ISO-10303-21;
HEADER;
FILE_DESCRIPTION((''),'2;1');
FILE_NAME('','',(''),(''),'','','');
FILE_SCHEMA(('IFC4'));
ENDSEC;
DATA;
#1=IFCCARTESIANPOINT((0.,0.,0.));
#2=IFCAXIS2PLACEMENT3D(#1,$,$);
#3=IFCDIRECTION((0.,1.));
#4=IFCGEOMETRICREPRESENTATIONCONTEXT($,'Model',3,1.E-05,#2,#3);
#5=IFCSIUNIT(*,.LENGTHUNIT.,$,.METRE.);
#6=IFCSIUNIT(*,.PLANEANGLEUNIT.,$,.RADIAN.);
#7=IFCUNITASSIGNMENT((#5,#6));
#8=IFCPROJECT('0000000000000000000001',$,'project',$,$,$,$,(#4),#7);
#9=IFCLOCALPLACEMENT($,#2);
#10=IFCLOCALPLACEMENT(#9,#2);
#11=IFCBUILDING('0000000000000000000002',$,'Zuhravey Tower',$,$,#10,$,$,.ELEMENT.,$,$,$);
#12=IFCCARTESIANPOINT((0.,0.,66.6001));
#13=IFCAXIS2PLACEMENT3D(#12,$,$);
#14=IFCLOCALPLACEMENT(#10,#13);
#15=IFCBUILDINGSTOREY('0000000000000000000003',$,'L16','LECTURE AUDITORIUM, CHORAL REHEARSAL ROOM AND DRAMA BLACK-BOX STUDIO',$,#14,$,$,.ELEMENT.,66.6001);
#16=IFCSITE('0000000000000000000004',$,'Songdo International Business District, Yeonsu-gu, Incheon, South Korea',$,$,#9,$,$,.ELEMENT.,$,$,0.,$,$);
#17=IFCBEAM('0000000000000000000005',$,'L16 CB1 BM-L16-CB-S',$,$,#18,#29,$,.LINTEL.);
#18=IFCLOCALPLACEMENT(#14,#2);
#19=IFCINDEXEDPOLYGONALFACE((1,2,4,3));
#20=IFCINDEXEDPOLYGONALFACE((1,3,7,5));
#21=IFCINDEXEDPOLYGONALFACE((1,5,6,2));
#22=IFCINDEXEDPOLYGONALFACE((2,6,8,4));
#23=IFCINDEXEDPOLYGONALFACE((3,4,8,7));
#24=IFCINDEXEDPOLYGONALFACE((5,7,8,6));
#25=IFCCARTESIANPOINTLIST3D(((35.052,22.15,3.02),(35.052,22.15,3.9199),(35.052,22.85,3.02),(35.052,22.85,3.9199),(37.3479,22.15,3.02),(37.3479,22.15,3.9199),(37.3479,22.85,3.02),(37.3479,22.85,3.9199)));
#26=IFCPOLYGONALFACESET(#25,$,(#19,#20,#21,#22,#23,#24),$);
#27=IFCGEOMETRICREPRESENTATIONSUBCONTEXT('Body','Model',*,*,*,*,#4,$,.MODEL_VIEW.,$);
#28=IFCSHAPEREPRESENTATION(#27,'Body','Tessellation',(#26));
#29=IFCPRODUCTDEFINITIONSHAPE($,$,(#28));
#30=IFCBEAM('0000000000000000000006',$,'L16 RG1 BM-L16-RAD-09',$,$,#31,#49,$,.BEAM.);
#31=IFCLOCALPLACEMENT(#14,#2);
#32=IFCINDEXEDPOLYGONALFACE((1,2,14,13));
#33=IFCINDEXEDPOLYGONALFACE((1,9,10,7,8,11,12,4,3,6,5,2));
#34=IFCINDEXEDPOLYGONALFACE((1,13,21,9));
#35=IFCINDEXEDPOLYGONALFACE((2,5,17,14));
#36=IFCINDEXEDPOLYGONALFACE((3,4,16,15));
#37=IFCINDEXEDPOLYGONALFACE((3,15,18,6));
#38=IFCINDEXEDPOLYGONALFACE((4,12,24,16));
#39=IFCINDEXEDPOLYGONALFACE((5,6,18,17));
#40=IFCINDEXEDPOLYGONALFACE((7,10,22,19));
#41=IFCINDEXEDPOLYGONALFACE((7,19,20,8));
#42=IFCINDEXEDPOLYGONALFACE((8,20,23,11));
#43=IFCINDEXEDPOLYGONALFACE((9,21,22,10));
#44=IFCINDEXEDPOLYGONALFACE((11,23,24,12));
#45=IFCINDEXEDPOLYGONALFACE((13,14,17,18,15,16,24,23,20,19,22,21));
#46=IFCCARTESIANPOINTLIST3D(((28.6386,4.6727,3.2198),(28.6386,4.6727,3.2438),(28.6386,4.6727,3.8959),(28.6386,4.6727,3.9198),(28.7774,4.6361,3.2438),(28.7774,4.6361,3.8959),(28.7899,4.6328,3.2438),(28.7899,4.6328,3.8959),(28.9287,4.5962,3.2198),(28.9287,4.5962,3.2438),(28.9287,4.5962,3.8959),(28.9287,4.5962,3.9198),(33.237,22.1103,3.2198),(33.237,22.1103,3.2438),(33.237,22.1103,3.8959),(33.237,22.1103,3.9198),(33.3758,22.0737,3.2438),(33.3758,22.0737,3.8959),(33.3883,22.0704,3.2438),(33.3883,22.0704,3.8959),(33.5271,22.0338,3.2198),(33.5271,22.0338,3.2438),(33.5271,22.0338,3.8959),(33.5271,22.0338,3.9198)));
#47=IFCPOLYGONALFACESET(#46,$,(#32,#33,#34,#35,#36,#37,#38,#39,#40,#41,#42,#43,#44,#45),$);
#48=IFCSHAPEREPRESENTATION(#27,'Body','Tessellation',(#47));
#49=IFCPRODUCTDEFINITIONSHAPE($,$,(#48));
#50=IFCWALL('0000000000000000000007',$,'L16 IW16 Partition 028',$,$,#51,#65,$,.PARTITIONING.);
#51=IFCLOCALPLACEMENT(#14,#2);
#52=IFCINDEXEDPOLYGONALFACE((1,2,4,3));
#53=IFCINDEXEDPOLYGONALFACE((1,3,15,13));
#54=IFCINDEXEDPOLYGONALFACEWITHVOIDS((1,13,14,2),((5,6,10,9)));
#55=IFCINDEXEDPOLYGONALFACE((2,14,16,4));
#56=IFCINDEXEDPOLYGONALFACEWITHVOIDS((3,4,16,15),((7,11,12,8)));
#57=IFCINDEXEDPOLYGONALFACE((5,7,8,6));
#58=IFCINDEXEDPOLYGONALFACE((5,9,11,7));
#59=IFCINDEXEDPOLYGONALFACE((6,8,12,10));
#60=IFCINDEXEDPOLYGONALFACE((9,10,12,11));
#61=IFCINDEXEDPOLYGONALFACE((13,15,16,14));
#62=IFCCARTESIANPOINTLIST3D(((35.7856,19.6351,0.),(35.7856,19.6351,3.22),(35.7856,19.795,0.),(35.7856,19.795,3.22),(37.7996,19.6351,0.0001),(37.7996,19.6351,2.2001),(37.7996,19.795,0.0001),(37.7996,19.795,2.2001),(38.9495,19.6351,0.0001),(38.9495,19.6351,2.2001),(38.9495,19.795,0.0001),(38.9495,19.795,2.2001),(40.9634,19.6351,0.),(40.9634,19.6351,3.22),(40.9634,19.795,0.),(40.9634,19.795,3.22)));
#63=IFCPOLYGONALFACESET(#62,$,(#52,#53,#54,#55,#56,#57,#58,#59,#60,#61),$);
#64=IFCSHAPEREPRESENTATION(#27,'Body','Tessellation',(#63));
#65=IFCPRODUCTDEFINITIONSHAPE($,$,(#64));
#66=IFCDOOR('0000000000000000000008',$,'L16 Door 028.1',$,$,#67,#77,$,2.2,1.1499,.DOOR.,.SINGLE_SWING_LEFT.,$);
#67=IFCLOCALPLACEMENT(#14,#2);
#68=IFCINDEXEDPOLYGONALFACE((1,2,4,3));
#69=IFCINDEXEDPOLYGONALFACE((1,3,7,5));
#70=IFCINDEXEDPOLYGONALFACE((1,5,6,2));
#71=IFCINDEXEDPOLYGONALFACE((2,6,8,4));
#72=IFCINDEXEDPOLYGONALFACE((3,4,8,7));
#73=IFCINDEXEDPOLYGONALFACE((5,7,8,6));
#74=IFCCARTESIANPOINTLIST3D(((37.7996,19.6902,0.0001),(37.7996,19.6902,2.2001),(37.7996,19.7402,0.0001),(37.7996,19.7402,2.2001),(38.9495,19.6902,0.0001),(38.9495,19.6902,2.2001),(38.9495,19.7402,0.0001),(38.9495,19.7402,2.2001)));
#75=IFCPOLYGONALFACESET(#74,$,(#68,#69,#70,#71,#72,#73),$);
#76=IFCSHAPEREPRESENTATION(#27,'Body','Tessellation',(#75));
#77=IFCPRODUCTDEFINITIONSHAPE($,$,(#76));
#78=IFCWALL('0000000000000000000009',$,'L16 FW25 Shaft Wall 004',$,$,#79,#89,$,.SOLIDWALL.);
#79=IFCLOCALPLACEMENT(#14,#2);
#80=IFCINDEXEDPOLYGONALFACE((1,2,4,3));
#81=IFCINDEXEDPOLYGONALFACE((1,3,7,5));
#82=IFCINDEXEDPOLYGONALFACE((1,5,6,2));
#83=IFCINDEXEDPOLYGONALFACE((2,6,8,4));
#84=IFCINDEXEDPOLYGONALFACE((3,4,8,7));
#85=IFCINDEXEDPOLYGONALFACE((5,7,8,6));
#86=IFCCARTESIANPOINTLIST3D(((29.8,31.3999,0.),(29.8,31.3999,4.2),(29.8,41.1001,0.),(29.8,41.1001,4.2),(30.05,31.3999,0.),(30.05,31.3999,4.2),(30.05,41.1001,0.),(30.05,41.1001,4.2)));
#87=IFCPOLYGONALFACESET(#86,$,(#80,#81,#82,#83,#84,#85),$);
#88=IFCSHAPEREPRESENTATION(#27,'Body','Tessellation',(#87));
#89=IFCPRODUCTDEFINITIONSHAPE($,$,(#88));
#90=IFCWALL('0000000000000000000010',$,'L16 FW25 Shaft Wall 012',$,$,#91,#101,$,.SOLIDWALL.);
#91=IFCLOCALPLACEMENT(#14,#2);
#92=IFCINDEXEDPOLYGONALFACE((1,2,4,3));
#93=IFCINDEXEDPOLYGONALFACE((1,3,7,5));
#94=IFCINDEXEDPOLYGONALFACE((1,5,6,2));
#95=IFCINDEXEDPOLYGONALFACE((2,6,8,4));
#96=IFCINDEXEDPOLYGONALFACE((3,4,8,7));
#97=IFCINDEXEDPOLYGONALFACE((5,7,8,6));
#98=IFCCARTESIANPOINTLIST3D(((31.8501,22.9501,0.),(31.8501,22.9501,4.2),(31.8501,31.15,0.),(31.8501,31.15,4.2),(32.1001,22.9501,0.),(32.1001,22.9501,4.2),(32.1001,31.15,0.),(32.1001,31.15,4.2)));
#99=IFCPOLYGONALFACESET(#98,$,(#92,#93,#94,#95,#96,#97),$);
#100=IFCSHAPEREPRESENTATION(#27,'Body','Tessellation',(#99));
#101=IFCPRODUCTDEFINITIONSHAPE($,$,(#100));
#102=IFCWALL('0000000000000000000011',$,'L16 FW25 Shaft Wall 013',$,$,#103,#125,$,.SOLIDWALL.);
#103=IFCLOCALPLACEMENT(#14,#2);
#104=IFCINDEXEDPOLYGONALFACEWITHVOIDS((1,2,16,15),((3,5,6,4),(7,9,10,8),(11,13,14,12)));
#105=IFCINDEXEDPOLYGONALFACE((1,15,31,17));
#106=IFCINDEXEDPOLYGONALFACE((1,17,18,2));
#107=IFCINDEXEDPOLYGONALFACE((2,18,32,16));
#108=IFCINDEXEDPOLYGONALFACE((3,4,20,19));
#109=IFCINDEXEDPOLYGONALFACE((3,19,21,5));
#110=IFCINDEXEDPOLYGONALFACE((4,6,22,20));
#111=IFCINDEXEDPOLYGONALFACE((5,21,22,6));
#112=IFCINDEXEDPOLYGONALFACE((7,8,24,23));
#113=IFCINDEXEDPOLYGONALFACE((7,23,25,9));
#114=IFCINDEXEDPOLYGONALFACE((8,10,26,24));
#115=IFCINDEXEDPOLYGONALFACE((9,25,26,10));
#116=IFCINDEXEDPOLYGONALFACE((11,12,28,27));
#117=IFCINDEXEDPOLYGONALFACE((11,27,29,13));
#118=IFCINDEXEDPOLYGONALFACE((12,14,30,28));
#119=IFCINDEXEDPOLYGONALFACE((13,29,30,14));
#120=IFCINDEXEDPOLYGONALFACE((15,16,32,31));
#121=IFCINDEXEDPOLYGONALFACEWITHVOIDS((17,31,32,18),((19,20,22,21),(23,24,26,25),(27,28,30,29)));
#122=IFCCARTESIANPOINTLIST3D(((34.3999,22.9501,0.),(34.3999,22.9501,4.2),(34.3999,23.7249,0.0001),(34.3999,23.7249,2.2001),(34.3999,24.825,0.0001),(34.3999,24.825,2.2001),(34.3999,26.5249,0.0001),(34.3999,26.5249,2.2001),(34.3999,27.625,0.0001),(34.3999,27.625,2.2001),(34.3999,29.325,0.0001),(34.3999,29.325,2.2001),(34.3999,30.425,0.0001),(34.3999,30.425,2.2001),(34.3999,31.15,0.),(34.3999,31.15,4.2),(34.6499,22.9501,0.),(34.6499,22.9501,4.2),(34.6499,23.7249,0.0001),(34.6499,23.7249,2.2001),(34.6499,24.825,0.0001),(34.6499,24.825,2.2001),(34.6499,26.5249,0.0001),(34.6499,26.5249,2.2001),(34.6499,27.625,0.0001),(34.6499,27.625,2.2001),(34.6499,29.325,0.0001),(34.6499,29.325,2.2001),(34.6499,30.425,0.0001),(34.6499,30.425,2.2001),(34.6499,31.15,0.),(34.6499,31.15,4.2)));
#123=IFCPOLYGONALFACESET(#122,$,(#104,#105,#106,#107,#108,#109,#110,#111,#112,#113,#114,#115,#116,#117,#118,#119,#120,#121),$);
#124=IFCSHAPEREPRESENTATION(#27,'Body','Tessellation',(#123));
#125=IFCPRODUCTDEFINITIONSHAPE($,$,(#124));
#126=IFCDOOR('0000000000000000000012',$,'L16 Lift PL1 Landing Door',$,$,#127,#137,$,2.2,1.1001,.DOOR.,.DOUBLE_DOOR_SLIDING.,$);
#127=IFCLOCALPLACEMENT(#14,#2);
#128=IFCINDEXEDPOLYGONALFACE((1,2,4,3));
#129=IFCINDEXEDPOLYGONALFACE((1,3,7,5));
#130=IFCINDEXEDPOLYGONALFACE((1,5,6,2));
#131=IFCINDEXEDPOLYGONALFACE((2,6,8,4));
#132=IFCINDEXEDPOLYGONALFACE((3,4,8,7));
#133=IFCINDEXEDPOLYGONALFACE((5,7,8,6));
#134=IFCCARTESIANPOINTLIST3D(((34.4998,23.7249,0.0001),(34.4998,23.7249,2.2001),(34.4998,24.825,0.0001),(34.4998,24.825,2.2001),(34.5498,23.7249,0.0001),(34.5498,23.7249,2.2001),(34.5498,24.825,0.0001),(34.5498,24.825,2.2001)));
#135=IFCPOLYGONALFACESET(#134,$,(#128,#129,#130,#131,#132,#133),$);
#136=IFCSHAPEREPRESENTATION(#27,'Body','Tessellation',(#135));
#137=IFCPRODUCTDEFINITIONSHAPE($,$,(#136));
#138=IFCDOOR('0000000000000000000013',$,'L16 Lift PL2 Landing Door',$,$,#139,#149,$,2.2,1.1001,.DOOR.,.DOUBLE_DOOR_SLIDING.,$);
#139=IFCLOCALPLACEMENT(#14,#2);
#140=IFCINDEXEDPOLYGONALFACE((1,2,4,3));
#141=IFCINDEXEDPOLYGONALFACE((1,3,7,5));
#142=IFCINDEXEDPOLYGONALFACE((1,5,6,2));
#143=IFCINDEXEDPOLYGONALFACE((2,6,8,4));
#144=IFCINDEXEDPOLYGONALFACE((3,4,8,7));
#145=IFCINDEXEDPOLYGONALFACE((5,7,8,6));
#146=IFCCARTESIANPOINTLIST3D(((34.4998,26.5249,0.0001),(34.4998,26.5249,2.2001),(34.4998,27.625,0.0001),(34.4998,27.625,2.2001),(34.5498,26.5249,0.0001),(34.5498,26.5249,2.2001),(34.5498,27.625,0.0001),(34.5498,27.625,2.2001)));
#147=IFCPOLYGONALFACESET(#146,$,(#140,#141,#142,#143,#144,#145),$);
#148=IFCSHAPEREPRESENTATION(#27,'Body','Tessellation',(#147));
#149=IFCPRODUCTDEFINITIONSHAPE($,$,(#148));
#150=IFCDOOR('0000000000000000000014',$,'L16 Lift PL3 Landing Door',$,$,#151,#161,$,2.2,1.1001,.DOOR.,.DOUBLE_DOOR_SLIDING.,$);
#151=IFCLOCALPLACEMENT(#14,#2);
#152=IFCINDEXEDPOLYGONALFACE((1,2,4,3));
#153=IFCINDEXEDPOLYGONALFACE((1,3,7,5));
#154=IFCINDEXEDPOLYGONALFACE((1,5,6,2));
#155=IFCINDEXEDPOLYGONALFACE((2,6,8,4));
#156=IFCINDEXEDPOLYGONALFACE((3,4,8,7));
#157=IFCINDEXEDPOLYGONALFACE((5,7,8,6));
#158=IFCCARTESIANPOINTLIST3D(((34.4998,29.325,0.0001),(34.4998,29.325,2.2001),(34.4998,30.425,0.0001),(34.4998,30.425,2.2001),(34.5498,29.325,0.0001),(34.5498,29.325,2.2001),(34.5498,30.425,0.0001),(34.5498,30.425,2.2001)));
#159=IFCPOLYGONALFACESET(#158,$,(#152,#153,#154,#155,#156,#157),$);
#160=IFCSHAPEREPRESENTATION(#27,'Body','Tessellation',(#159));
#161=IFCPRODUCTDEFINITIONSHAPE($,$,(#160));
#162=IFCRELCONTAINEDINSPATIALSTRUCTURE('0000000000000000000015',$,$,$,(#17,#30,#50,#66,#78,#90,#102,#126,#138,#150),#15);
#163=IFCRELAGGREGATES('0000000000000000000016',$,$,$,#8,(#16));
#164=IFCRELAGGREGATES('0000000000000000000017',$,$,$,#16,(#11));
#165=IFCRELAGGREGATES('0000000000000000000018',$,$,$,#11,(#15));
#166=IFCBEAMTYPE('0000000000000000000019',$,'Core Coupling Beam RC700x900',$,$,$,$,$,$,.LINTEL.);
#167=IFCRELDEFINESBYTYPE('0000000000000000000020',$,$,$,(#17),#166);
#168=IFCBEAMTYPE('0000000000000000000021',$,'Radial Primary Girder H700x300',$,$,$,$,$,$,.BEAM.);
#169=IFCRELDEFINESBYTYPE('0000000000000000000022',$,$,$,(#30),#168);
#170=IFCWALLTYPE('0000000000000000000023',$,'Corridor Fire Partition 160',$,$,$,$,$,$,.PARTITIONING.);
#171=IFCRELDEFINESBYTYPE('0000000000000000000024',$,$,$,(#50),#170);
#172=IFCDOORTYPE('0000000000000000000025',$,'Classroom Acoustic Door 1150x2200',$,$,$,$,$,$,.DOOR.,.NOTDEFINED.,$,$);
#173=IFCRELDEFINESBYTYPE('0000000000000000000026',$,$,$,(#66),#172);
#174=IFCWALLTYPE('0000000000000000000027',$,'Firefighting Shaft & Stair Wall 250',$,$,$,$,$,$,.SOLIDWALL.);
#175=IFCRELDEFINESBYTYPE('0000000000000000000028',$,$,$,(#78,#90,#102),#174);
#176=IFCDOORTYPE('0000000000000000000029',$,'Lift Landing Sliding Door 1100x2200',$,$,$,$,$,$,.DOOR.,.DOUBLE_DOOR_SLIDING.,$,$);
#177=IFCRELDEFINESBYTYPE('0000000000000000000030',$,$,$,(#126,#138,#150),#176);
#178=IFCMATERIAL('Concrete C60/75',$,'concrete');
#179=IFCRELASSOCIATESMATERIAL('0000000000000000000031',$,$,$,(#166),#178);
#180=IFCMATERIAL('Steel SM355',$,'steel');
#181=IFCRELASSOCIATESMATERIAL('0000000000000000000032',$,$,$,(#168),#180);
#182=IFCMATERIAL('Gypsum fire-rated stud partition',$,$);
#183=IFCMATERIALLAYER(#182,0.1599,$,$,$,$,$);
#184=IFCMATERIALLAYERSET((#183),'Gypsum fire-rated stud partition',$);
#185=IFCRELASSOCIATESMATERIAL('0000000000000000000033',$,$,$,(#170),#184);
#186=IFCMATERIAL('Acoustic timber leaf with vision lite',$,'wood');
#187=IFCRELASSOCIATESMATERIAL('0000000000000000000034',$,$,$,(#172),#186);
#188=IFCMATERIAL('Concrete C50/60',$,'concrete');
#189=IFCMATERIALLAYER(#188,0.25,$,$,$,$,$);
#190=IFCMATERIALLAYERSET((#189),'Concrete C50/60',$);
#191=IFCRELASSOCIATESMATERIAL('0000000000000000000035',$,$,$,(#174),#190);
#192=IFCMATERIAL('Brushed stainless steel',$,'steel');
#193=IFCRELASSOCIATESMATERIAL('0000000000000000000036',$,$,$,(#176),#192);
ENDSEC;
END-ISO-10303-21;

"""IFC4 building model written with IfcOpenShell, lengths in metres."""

from ifc_helpers import new_model, si_unit, direction, frame, frame_2d, origin, origin_2d, place, context, subcontext, project, spatial, rectangle, i_section, extrude, material, layer, layer_set, material_profile, profile_set, type_object, element, fill, save


model = new_model("IFC4")

# Units and contexts
model_context = context("Model", 3, precision=1e-05, world=origin(), true_north=direction((0.0, 1.0)))
body_context = subcontext(model_context, "Body", "Model", "MODEL_VIEW")
ifc_project = project(units=[si_unit("LENGTHUNIT", "METRE"), si_unit("PLANEANGLEUNIT", "RADIAN")], contexts=[model_context])

# Site, building, storey
site_placement = place(None, origin())
site = spatial("IfcSite", under=ifc_project, at=site_placement, Name="Songdo International Business District, Yeonsu-gu, Incheon, South Korea", CompositionType="ELEMENT", RefElevation=0.0)
building_placement = place(site_placement, origin())
building = spatial("IfcBuilding", under=site, at=building_placement, Name="Zuhravey Tower", CompositionType="ELEMENT")
storey_placement = place(building_placement, frame((0.0, 0.0, 66.6001)))
storey = spatial("IfcBuildingStorey", under=building, at=storey_placement, Name="L16", Description="LECTURE AUDITORIUM, CHORAL REHEARSAL ROOM AND DRAMA BLACK-BOX STUDIO", CompositionType="ELEMENT", Elevation=66.6001)

# Beams
ifc_material_1 = material(Name="Concrete C60/75", Category="concrete")
ifc_material_profile_1 = material_profile(ifc_material_1, rectangle(XDim=0.7, YDim=0.8999, at=origin_2d()), Name="RC-700x900")
ifc_profile_set_1 = profile_set([ifc_material_profile_1], Name="Concrete C60/75")
beam_type_1 = type_object("IfcBeamType", Name="Core Coupling Beam RC700x900", PredefinedType="LINTEL", material=ifc_profile_set_1)
beam_1_placement = place(storey_placement, frame((35.052, 22.5, 3.47), z_axis=(1.0, 0.0, 0.0), x_axis=(0.0, 1.0, 0.0)))
element("IfcBeam", 1, at=beam_1_placement, inside=storey, type_object=beam_type_1, Name="L16 CB1 BM-L16-CB-S", PredefinedType="LINTEL", context=body_context, shape_type="SweptSolid", body=[
    extrude(rectangle(XDim=0.7, YDim=0.8999, at=origin_2d()), origin(), (0.0, 0.0, 1.0), 2.2959),
])
ifc_material_2 = material(Name="Steel SM355", Category="steel")
ifc_material_profile_2 = material_profile(ifc_material_2, i_section(OverallWidth=0.3, OverallDepth=0.7, WebThickness=0.0129, FlangeThickness=0.0239, at=origin_2d()), Name="H-700x300x13x24")
ifc_profile_set_2 = profile_set([ifc_material_profile_2], Name="Steel SM355")
beam_type_2 = type_object("IfcBeamType", Name="Radial Primary Girder H700x300", PredefinedType="BEAM", material=ifc_profile_set_2)
beam_2_placement = place(storey_placement, frame((33.3821, 22.072, 3.5698), z_axis=(-0.25499, -0.966944, 0.0), x_axis=(0.966944, -0.25499, 0.0)))
element("IfcBeam", 2, at=beam_2_placement, inside=storey, type_object=beam_type_2, Name="L16 RG1 BM-L16-RAD-09", PredefinedType="BEAM", context=body_context, shape_type="SweptSolid", body=[
    extrude(i_section(OverallWidth=0.3, OverallDepth=0.7, WebThickness=0.0129, FlangeThickness=0.0239, at=origin_2d()), origin(), (0.0, 0.0, 1.0), 18.0337),
])

# Wall, opening, door
ifc_material_3 = material(Name="Gypsum fire-rated stud partition")
ifc_layer_1 = layer(ifc_material_3, 0.1599)
ifc_layer_set_1 = layer_set([ifc_layer_1], Name="Gypsum fire-rated stud partition")
wall_type_1 = type_object("IfcWallType", Name="Corridor Fire Partition 160", PredefinedType="PARTITIONING", material=ifc_layer_set_1)
wall_1_placement = place(storey_placement, frame((35.7856, 19.7151, 0.0), z_axis=(0.0, 0.0, 1.0), x_axis=(1.0, 0.0, 0.0)))
wall_1 = element("IfcWall", 3, at=wall_1_placement, inside=storey, type_object=wall_type_1, Name="L16 IW16 Partition 028", PredefinedType="PARTITIONING", context=body_context, shape_type="SweptSolid", body=[
    extrude(rectangle(XDim=5.1777, YDim=0.1599, at=frame_2d((2.5889, 0.0))), origin(), (0.0, 0.0, 1.0), 3.22),
])
opening_1_placement = place(wall_1_placement, frame((2.0139, 0.0, 0.0)))
opening_1 = element("IfcOpeningElement", 4, at=opening_1_placement, cuts=wall_1, PredefinedType="OPENING", context=body_context, shape_type="SweptSolid", body=[
    extrude(rectangle(XDim=1.1499, YDim=2.2, at=frame_2d((0.575, 1.1001))), frame((0.0, 0.092, 0.0), z_axis=(0.0, -1.0, 0.0), x_axis=(1.0, 0.0, 0.0)), (0.0, 0.0, 1.0), 0.1838),
])
ifc_material_4 = material(Name="Acoustic timber leaf with vision lite", Category="wood")
door_type_1 = type_object("IfcDoorType", Name="Classroom Acoustic Door 1150x2200", OperationType="NOTDEFINED", PredefinedType="DOOR", material=ifc_material_4)
door_1_placement = place(opening_1_placement, frame((1.1499, 0.0, 0.0), z_axis=(0.0, 0.0, 1.0), x_axis=(-1.0, 0.0, 0.0)))
door_1 = element("IfcDoor", 5, at=door_1_placement, inside=storey, type_object=door_type_1, Name="L16 Door 028.1", OperationType="SINGLE_SWING_LEFT", OverallHeight=2.2, OverallWidth=1.1499, PredefinedType="DOOR", context=body_context, shape_type="SweptSolid", body=[
    extrude(rectangle(XDim=1.1499, YDim=2.2, at=frame_2d((0.575, 1.1001))), frame((0.0, 0.0249, 0.0), z_axis=(0.0, -1.0, 0.0), x_axis=(1.0, 0.0, 0.0)), (0.0, 0.0, 1.0), 0.05),
])
fill(opening_1, door_1)
ifc_material_5 = material(Name="Concrete C50/60", Category="concrete")
ifc_layer_2 = layer(ifc_material_5, 0.25)
ifc_layer_set_2 = layer_set([ifc_layer_2], Name="Concrete C50/60")
wall_type_2 = type_object("IfcWallType", Name="Firefighting Shaft & Stair Wall 250", PredefinedType="SOLIDWALL", material=ifc_layer_set_2)

# Walls
wall_2_placement = place(storey_placement, frame((29.925, 31.3999, 0.0), z_axis=(0.0, 0.0, 1.0), x_axis=(0.0, 1.0, 0.0)))
element("IfcWall", 6, at=wall_2_placement, inside=storey, type_object=wall_type_2, Name="L16 FW25 Shaft Wall 004", PredefinedType="SOLIDWALL", context=body_context, shape_type="SweptSolid", body=[
    extrude(rectangle(XDim=9.7002, YDim=0.25, at=frame_2d((4.8501, 0.0))), origin(), (0.0, 0.0, 1.0), 4.2),
])
wall_3_placement = place(storey_placement, frame((31.9751, 22.95, 0.0), z_axis=(0.0, 0.0, 1.0), x_axis=(0.0, 1.0, 0.0)))
element("IfcWall", 7, at=wall_3_placement, inside=storey, type_object=wall_type_2, Name="L16 FW25 Shaft Wall 012", PredefinedType="SOLIDWALL", context=body_context, shape_type="SweptSolid", body=[
    extrude(rectangle(XDim=8.2, YDim=0.25, at=frame_2d((4.1001, 0.0))), origin(), (0.0, 0.0, 1.0), 4.2),
])

# Wall, openings, doors
wall_4_placement = place(storey_placement, frame((34.5249, 22.95, 0.0), z_axis=(0.0, 0.0, 1.0), x_axis=(0.0, 1.0, 0.0)))
wall_4 = element("IfcWall", 8, at=wall_4_placement, inside=storey, type_object=wall_type_2, Name="L16 FW25 Shaft Wall 013", PredefinedType="SOLIDWALL", context=body_context, shape_type="SweptSolid", body=[
    extrude(rectangle(XDim=8.2, YDim=0.25, at=frame_2d((4.1001, 0.0))), origin(), (0.0, 0.0, 1.0), 4.2),
])
opening_2_placement = place(wall_4_placement, frame((0.7749, 0.0, 0.0)))
opening_2 = element("IfcOpeningElement", 9, at=opening_2_placement, cuts=wall_4, PredefinedType="OPENING", context=body_context, shape_type="SweptSolid", body=[
    extrude(rectangle(XDim=1.1001, YDim=2.2, at=frame_2d((0.55, 1.1001))), frame((0.0, 0.137, 0.0), z_axis=(0.0, -1.0, 0.0), x_axis=(1.0, 0.0, 0.0)), (0.0, 0.0, 1.0), 0.2739),
])
opening_3_placement = place(wall_4_placement, frame((3.575, 0.0, 0.0)))
opening_3 = element("IfcOpeningElement", 10, at=opening_3_placement, cuts=wall_4, PredefinedType="OPENING", context=body_context, shape_type="SweptSolid", body=[
    extrude(rectangle(XDim=1.1001, YDim=2.2, at=frame_2d((0.55, 1.1001))), frame((0.0, 0.137, 0.0), z_axis=(0.0, -1.0, 0.0), x_axis=(1.0, 0.0, 0.0)), (0.0, 0.0, 1.0), 0.2739),
])
opening_4_placement = place(wall_4_placement, frame((6.375, 0.0, 0.0)))
opening_4 = element("IfcOpeningElement", 11, at=opening_4_placement, cuts=wall_4, PredefinedType="OPENING", context=body_context, shape_type="SweptSolid", body=[
    extrude(rectangle(XDim=1.1001, YDim=2.2, at=frame_2d((0.55, 1.1001))), frame((0.0, 0.137, 0.0), z_axis=(0.0, -1.0, 0.0), x_axis=(1.0, 0.0, 0.0)), (0.0, 0.0, 1.0), 0.2739),
])
ifc_material_6 = material(Name="Brushed stainless steel", Category="steel")
door_type_2 = type_object("IfcDoorType", Name="Lift Landing Sliding Door 1100x2200", OperationType="DOUBLE_DOOR_SLIDING", PredefinedType="DOOR", material=ifc_material_6)
door_2_placement = place(opening_2_placement, frame((1.1001, 0.0, 0.0), z_axis=(0.0, 0.0, 1.0), x_axis=(-1.0, 0.0, 0.0)))
door_2 = element("IfcDoor", 12, at=door_2_placement, inside=storey, type_object=door_type_2, Name="L16 Lift PL1 Landing Door", OperationType="DOUBLE_DOOR_SLIDING", OverallHeight=2.2, OverallWidth=1.1001, PredefinedType="DOOR", context=body_context, shape_type="SweptSolid", body=[
    extrude(rectangle(XDim=1.1001, YDim=2.2, at=frame_2d((0.55, 1.1001))), frame((0.0, 0.0249, 0.0), z_axis=(0.0, -1.0, 0.0), x_axis=(1.0, 0.0, 0.0)), (0.0, 0.0, 1.0), 0.05),
])
fill(opening_2, door_2)
door_3_placement = place(opening_3_placement, frame((1.1001, 0.0, 0.0), z_axis=(0.0, 0.0, 1.0), x_axis=(-1.0, 0.0, 0.0)))
door_3 = element("IfcDoor", 13, at=door_3_placement, inside=storey, type_object=door_type_2, Name="L16 Lift PL2 Landing Door", OperationType="DOUBLE_DOOR_SLIDING", OverallHeight=2.2, OverallWidth=1.1001, PredefinedType="DOOR", context=body_context, shape_type="SweptSolid", body=[
    extrude(rectangle(XDim=1.1001, YDim=2.2, at=frame_2d((0.55, 1.1001))), frame((0.0, 0.0249, 0.0), z_axis=(0.0, -1.0, 0.0), x_axis=(1.0, 0.0, 0.0)), (0.0, 0.0, 1.0), 0.05),
])
fill(opening_3, door_3)
door_4_placement = place(opening_4_placement, frame((1.1001, 0.0, 0.0), z_axis=(0.0, 0.0, 1.0), x_axis=(-1.0, 0.0, 0.0)))
door_4 = element("IfcDoor", 14, at=door_4_placement, inside=storey, type_object=door_type_2, Name="L16 Lift PL3 Landing Door", OperationType="DOUBLE_DOOR_SLIDING", OverallHeight=2.2, OverallWidth=1.1001, PredefinedType="DOOR", context=body_context, shape_type="SweptSolid", body=[
    extrude(rectangle(XDim=1.1001, YDim=2.2, at=frame_2d((0.55, 1.1001))), frame((0.0, 0.0249, 0.0), z_axis=(0.0, -1.0, 0.0), x_axis=(1.0, 0.0, 0.0)), (0.0, 0.0, 1.0), 0.05),
])
fill(opening_4, door_4)

save(model, "model.ifc")
